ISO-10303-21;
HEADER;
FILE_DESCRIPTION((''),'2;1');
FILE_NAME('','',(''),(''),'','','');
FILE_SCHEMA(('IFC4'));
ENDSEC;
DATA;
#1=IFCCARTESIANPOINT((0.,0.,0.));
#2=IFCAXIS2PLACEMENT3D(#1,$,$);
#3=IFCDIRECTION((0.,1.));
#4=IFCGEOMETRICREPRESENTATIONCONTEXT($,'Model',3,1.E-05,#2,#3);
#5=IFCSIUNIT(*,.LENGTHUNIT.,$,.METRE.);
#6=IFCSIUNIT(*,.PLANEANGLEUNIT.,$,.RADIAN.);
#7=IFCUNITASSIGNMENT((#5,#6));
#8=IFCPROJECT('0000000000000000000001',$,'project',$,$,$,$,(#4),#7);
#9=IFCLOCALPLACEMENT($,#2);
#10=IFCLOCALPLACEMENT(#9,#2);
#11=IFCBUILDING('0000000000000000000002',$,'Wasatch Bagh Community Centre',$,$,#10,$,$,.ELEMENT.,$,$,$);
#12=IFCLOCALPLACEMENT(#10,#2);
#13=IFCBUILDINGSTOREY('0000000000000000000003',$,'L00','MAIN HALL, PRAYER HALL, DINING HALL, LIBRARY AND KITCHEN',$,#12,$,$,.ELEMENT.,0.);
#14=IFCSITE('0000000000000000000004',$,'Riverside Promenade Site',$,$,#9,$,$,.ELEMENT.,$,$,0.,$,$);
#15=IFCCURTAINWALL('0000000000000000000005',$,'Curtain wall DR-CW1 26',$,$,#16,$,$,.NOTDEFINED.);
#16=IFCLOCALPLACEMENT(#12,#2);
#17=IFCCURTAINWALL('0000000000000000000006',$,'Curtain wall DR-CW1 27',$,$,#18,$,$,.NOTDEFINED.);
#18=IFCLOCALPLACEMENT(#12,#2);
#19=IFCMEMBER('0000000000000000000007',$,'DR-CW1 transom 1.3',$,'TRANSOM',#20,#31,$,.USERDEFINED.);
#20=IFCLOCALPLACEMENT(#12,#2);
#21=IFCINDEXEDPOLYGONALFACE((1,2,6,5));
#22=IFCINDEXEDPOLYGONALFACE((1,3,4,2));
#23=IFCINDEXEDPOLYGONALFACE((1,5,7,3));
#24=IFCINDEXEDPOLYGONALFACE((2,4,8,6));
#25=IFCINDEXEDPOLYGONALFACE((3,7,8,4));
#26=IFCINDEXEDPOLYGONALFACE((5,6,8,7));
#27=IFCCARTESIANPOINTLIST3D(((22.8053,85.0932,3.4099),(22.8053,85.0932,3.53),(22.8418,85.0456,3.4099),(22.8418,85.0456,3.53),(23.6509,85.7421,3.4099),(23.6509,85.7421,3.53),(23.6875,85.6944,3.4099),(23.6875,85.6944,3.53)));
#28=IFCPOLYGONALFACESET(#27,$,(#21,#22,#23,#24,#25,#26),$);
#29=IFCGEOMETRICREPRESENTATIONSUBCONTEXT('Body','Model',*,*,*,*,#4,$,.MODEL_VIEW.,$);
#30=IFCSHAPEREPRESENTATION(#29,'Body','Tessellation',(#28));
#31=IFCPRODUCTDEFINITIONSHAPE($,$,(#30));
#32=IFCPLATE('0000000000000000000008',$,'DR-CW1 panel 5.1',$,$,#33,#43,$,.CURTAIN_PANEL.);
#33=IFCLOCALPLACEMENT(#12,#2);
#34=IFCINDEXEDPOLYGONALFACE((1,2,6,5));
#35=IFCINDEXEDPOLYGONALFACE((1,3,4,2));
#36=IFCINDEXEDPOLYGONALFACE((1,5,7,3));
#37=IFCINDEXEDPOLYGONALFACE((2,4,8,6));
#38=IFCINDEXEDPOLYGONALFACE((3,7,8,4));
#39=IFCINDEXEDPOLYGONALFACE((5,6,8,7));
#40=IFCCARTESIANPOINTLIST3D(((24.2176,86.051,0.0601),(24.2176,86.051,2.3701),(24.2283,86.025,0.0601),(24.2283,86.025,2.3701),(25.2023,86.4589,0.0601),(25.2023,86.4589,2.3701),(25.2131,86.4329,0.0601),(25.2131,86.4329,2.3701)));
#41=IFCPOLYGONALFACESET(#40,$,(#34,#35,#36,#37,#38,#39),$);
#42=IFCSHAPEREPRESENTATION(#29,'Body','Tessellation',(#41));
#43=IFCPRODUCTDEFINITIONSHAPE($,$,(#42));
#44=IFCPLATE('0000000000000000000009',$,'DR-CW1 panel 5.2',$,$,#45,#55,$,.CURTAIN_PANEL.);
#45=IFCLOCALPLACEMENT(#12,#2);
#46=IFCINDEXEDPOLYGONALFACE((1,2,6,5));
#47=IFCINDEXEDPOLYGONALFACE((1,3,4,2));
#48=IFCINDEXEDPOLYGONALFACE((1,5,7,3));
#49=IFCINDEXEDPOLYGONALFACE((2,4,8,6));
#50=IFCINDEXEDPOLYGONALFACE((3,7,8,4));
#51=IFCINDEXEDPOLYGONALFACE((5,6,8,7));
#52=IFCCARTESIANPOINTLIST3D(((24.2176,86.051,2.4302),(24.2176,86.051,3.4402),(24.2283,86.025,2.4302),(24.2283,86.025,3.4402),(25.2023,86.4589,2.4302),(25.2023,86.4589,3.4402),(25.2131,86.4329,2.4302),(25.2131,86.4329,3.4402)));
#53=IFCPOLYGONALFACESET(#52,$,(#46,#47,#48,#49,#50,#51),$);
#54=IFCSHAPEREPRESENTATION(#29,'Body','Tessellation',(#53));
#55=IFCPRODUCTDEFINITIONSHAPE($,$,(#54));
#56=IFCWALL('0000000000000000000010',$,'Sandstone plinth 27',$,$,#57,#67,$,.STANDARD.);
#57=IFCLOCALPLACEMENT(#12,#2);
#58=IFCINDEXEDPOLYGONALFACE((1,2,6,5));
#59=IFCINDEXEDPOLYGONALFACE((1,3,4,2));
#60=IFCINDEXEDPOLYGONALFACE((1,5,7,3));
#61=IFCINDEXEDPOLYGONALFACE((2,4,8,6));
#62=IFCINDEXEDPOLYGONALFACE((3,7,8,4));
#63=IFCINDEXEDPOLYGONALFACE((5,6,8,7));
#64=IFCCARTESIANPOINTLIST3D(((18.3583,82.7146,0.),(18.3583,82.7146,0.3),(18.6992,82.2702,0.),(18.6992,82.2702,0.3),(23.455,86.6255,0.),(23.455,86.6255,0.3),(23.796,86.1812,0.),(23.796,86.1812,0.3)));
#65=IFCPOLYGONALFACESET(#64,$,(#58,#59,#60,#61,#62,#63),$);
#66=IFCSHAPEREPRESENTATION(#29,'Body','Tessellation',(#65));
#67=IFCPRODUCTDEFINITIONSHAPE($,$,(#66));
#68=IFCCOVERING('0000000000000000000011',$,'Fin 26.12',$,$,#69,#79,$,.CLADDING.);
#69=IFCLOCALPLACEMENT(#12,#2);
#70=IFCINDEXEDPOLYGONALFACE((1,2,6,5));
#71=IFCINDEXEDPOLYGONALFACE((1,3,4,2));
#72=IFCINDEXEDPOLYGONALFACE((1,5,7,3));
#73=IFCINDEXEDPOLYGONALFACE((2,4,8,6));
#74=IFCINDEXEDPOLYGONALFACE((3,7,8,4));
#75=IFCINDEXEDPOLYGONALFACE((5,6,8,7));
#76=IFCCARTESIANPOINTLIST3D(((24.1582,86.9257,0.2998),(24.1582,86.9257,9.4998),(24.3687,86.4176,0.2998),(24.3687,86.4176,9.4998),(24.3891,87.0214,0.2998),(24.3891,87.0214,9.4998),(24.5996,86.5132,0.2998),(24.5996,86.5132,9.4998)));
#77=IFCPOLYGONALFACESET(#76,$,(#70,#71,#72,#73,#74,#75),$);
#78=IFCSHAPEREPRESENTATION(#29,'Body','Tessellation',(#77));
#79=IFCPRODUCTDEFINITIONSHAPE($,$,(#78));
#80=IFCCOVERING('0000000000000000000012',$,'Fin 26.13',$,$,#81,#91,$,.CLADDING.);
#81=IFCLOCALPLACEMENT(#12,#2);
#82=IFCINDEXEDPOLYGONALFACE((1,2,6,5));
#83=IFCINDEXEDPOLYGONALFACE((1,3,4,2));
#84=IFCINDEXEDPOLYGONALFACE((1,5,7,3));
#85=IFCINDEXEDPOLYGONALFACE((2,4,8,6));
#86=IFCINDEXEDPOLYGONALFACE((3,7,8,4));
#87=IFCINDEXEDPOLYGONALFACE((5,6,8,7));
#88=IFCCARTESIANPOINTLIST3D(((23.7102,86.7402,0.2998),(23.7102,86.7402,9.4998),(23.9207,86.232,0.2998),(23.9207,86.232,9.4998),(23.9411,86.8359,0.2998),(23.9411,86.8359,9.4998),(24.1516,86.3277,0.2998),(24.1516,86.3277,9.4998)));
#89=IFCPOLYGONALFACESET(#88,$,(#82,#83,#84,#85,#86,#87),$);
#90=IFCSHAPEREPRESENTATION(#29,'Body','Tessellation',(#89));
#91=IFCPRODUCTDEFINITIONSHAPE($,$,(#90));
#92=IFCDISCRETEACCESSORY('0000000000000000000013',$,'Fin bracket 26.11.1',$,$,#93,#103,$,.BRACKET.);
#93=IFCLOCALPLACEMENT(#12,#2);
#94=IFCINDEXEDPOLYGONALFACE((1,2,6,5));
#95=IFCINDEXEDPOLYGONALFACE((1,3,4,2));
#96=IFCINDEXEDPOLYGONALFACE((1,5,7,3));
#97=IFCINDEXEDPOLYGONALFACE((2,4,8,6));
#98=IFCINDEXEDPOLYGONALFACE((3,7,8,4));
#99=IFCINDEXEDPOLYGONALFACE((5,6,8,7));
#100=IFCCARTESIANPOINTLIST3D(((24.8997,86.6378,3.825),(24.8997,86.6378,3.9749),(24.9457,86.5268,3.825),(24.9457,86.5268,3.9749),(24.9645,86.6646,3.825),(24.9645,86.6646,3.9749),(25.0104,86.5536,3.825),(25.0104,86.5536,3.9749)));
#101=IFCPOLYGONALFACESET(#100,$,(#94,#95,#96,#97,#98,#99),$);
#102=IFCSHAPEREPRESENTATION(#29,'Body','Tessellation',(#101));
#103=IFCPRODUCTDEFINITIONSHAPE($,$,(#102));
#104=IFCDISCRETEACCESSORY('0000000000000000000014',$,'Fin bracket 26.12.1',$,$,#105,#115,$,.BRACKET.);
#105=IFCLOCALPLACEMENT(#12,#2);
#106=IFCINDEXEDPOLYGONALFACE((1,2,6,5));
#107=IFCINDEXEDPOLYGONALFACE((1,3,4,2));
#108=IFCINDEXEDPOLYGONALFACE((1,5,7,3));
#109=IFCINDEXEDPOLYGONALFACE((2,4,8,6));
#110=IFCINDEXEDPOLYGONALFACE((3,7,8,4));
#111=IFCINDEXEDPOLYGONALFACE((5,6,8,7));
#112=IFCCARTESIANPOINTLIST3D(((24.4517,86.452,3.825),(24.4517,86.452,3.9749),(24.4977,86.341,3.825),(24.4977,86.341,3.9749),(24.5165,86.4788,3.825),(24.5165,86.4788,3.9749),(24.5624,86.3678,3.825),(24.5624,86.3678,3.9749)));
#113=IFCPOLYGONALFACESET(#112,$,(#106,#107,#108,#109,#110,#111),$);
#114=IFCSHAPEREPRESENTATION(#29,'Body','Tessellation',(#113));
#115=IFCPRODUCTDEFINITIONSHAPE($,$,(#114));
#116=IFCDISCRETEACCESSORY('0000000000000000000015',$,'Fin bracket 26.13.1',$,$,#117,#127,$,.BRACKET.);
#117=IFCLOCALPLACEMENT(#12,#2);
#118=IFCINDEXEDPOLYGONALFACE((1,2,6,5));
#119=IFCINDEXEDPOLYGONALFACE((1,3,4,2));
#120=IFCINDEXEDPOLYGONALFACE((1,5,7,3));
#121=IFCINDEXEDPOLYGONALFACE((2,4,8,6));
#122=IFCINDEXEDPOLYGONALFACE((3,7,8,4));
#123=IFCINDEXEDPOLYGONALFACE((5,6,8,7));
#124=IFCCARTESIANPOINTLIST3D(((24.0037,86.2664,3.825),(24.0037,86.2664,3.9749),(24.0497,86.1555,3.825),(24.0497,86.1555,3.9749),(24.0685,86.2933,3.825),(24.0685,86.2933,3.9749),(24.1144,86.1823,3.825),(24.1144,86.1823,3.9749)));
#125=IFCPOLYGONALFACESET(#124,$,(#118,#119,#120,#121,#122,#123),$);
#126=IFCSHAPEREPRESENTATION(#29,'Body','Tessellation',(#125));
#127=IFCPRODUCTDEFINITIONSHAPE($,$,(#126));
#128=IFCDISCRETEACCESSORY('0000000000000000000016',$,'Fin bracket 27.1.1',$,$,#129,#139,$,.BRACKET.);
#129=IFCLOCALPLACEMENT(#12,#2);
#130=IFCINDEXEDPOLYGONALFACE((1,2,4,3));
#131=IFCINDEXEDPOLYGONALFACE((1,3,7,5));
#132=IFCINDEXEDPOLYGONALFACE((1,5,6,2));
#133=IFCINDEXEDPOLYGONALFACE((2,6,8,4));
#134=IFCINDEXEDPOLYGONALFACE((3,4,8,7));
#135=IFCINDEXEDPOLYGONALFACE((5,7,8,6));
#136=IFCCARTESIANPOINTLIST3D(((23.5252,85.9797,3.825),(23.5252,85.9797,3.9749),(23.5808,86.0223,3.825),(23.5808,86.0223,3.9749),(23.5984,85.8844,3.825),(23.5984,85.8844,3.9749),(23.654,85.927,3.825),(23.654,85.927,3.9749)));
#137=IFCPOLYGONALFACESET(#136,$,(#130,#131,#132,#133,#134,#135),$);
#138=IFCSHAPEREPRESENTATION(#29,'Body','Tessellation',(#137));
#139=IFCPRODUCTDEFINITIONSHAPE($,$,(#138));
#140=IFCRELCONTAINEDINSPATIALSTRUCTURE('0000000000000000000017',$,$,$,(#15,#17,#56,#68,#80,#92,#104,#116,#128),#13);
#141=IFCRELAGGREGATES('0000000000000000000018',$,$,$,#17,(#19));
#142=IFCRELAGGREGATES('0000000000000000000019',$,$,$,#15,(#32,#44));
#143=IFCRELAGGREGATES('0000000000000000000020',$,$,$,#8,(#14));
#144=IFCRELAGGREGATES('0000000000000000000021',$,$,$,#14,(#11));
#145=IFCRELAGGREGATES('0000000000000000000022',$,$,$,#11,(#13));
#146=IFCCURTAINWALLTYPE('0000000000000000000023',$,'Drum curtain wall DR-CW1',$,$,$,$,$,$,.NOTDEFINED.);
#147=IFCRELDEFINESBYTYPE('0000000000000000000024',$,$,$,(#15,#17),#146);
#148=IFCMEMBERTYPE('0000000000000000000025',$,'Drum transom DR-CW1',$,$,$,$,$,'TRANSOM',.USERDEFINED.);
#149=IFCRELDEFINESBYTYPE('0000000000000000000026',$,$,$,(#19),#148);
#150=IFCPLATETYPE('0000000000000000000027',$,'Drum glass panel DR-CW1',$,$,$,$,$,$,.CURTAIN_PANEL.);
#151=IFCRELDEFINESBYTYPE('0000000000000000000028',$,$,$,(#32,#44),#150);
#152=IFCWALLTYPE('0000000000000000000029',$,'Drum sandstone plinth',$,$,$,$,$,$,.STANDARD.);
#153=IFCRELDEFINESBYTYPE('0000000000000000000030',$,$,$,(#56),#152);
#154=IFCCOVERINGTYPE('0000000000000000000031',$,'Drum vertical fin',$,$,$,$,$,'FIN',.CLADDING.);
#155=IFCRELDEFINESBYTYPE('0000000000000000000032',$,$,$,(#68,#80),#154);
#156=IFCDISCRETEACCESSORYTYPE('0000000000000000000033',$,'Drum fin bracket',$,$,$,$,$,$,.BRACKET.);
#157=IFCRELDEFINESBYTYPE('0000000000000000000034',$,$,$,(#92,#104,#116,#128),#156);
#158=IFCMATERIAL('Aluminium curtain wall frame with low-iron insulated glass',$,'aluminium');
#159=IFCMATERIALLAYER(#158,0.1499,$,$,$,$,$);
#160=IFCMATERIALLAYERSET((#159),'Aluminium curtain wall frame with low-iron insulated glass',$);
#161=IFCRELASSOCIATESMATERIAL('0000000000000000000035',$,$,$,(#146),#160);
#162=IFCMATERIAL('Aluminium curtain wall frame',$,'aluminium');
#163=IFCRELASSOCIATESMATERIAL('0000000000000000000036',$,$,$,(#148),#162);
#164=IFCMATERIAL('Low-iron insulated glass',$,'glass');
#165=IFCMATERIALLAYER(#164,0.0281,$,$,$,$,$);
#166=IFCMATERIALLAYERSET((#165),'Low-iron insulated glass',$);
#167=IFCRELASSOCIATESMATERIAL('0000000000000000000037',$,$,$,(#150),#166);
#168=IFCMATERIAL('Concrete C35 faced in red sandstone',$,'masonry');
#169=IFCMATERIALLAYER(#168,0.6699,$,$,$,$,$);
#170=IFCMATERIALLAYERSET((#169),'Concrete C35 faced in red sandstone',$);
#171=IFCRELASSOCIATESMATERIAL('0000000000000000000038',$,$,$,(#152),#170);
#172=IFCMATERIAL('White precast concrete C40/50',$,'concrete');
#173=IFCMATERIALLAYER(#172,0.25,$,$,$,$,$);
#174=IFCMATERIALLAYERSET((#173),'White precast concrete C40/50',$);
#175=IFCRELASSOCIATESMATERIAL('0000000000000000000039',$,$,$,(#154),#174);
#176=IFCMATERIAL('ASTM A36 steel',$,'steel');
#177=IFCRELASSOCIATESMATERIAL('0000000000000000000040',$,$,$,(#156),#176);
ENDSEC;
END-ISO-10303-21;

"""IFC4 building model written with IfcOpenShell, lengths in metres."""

from ifc_helpers import new_model, si_unit, direction, frame, frame_2d, origin, origin_2d, place, context, subcontext, project, spatial, rectangle, extrude, material, layer, layer_set, material_profile, profile_set, type_object, element, aggregate, save


model = new_model("IFC4")

# Units and contexts
model_context = context("Model", 3, precision=1e-05, world=origin(), true_north=direction((0.0, 1.0)))
body_context = subcontext(model_context, "Body", "Model", "MODEL_VIEW")
ifc_project = project(units=[si_unit("LENGTHUNIT", "METRE"), si_unit("PLANEANGLEUNIT", "RADIAN")], contexts=[model_context])

# Site, building, storey
site_placement = place(None, origin())
site = spatial("IfcSite", under=ifc_project, at=site_placement, Name="Riverside Promenade Site", CompositionType="ELEMENT", RefElevation=0.0)
building_placement = place(site_placement, origin())
building = spatial("IfcBuilding", under=site, at=building_placement, Name="Wasatch Bagh Community Centre", CompositionType="ELEMENT")
storey_placement = place(building_placement, origin())
storey = spatial("IfcBuildingStorey", under=building, at=storey_placement, Name="L00", Description="MAIN HALL, PRAYER HALL, DINING HALL, LIBRARY AND KITCHEN", CompositionType="ELEMENT", Elevation=0.0)

# Curtain walls
ifc_material_1 = material(Name="Aluminium curtain wall frame with low-iron insulated glass", Category="aluminium")
ifc_layer_1 = layer(ifc_material_1, 0.1499)
ifc_layer_set_1 = layer_set([ifc_layer_1], Name="Aluminium curtain wall frame with low-iron insulated glass")
curtain_wall_type = type_object("IfcCurtainWallType", Name="Drum curtain wall DR-CW1", PredefinedType="NOTDEFINED", material=ifc_layer_set_1)
curtain_wall_1_placement = place(storey_placement, origin())
curtain_wall_1 = element("IfcCurtainWall", 1, at=curtain_wall_1_placement, inside=storey, type_object=curtain_wall_type, Name="Curtain wall DR-CW1 26", PredefinedType="NOTDEFINED")
ifc_material_2 = material(Name="Aluminium curtain wall frame", Category="aluminium")
curtain_wall_2_placement = place(storey_placement, origin())
curtain_wall_2 = element("IfcCurtainWall", 2, at=curtain_wall_2_placement, inside=storey, type_object=curtain_wall_type, Name="Curtain wall DR-CW1 27", PredefinedType="NOTDEFINED")

# Member
ifc_material_profile_1 = material_profile(ifc_material_2, rectangle(XDim=0.0601, YDim=0.1201, at=origin_2d()), Name="Drum transom DR-CW1")
ifc_profile_set_1 = profile_set([ifc_material_profile_1], Name="Aluminium curtain wall frame")
member_type_1 = type_object("IfcMemberType", Name="Drum transom DR-CW1", ElementType="TRANSOM", PredefinedType="USERDEFINED", material=ifc_profile_set_1)
member_1_placement = place(storey_placement, frame((23.6692, 85.7183, 3.47), z_axis=(-0.793356, -0.608758, 0.0), x_axis=(0.608758, -0.793356, 0.0)))
member_1 = element("IfcMember", 3, at=member_1_placement, type_object=member_type_1, Name="DR-CW1 transom 1.3", ObjectType="TRANSOM", PredefinedType="USERDEFINED", context=body_context, shape_type="SweptSolid", body=[
    extrude(rectangle(XDim=0.0601, YDim=0.1201, at=origin_2d()), origin(), (0.0, 0.0, 1.0), 1.0659),
])
aggregate(curtain_wall_2, [member_1])

# Plates
ifc_material_3 = material(Name="Low-iron insulated glass", Category="glass")
ifc_layer_2 = layer(ifc_material_3, 0.0281)
ifc_layer_set_2 = layer_set([ifc_layer_2], Name="Low-iron insulated glass")
plate_type = type_object("IfcPlateType", Name="Drum glass panel DR-CW1", PredefinedType="CURTAIN_PANEL", material=ifc_layer_set_2)
plate_1_placement = place(storey_placement, frame((24.7153, 86.2419, 0.0601), z_axis=(0.0, 0.0, 1.0), x_axis=(-0.92388, -0.382683, 0.0)))
plate_1 = element("IfcPlate", 4, at=plate_1_placement, type_object=plate_type, Name="DR-CW1 panel 5.1", PredefinedType="CURTAIN_PANEL", context=body_context, shape_type="SweptSolid", body=[
    extrude(rectangle(XDim=1.0659, YDim=0.0281, at=origin_2d()), origin(), (0.0, 0.0, 1.0), 2.3101),
])
plate_2_placement = place(storey_placement, frame((24.7153, 86.2419, 2.4302), z_axis=(0.0, 0.0, 1.0), x_axis=(-0.92388, -0.382683, 0.0)))
plate_2 = element("IfcPlate", 5, at=plate_2_placement, type_object=plate_type, Name="DR-CW1 panel 5.2", PredefinedType="CURTAIN_PANEL", context=body_context, shape_type="SweptSolid", body=[
    extrude(rectangle(XDim=1.0659, YDim=0.0281, at=origin_2d()), origin(), (0.0, 0.0, 1.0), 1.01),
])
aggregate(curtain_wall_1, [plate_1, plate_2])

# Wall
ifc_material_4 = material(Name="Concrete C35 faced in red sandstone", Category="masonry")
ifc_layer_3 = layer(ifc_material_4, 0.6699)
ifc_layer_set_3 = layer_set([ifc_layer_3], Name="Concrete C35 faced in red sandstone")
wall_type = type_object("IfcWallType", Name="Drum sandstone plinth", PredefinedType="STANDARD", material=ifc_layer_set_3)
wall_placement = place(storey_placement, frame((23.6255, 86.4033, 0.0), z_axis=(0.0, 0.0, 1.0), x_axis=(-0.793348, -0.608768, 0.0)))
element("IfcWall", 6, at=wall_placement, inside=storey, type_object=wall_type, Name="Sandstone plinth 27", PredefinedType="STANDARD", context=body_context, shape_type="SweptSolid", body=[
    extrude(rectangle(XDim=6.4243, YDim=0.5601, at=frame_2d((3.2122, 0.0))), origin(), (0.0, 0.0, 1.0), 0.3),
])

# Coverings
ifc_material_5 = material(Name="White precast concrete C40/50", Category="concrete")
ifc_layer_4 = layer(ifc_material_5, 0.25)
ifc_layer_set_4 = layer_set([ifc_layer_4], Name="White precast concrete C40/50")
covering_type = type_object("IfcCoveringType", Name="Drum vertical fin", ElementType="FIN", PredefinedType="CLADDING", material=ifc_layer_set_4)
for number, where, z_axis, x_axis, name in (
    (7, (24.3789, 86.7195, 0.2998), (0.0, 0.0, 1.0), (-0.92388, -0.382683, 0.0), "Fin 26.12"),
    (8, (23.9309, 86.5339, 0.2998), (0.0, 0.0, 1.0), (-0.92388, -0.382683, 0.0), "Fin 26.13"),
):
    element("IfcCovering", number, at=place(storey_placement, frame(where, z_axis=z_axis, x_axis=x_axis)), inside=storey, type_object=covering_type, Name=name, PredefinedType="CLADDING", context=body_context, shape_type="SweptSolid", body=[
        extrude(rectangle(XDim=0.25, YDim=0.55, at=origin_2d()), origin(), (0.0, 0.0, 1.0), 9.2),
    ])

# Discrete accessories
ifc_material_6 = material(Name="ASTM A36 steel", Category="steel")
discrete_accessory_type = type_object("IfcDiscreteAccessoryType", Name="Drum fin bracket", PredefinedType="BRACKET", material=ifc_material_6)
for number, where, z_axis, x_axis, name in (
    (9, (24.9551, 86.5957, 3.825), (0.0, 0.0, 1.0), (-0.92388, -0.382683, 0.0), "Fin bracket 26.11.1"),
    (10, (24.5071, 86.4099, 3.825), (0.0, 0.0, 1.0), (-0.92388, -0.382683, 0.0), "Fin bracket 26.12.1"),
    (11, (24.0591, 86.2244, 3.825), (0.0, 0.0, 1.0), (-0.92388, -0.382683, 0.0), "Fin bracket 26.13.1"),
    (12, (23.5896, 85.9534, 3.825), (0.0, 0.0, 1.0), (-0.793353, -0.608761, 0.0), "Fin bracket 27.1.1"),
):
    element("IfcDiscreteAccessory", number, at=place(storey_placement, frame(where, z_axis=z_axis, x_axis=x_axis)), inside=storey, type_object=discrete_accessory_type, Name=name, PredefinedType="BRACKET", context=body_context, shape_type="SweptSolid", body=[
        extrude(rectangle(XDim=0.0701, YDim=0.1201, at=origin_2d()), origin(), (0.0, 0.0, 1.0), 0.1499),
    ])

save(model, "model.ifc")
